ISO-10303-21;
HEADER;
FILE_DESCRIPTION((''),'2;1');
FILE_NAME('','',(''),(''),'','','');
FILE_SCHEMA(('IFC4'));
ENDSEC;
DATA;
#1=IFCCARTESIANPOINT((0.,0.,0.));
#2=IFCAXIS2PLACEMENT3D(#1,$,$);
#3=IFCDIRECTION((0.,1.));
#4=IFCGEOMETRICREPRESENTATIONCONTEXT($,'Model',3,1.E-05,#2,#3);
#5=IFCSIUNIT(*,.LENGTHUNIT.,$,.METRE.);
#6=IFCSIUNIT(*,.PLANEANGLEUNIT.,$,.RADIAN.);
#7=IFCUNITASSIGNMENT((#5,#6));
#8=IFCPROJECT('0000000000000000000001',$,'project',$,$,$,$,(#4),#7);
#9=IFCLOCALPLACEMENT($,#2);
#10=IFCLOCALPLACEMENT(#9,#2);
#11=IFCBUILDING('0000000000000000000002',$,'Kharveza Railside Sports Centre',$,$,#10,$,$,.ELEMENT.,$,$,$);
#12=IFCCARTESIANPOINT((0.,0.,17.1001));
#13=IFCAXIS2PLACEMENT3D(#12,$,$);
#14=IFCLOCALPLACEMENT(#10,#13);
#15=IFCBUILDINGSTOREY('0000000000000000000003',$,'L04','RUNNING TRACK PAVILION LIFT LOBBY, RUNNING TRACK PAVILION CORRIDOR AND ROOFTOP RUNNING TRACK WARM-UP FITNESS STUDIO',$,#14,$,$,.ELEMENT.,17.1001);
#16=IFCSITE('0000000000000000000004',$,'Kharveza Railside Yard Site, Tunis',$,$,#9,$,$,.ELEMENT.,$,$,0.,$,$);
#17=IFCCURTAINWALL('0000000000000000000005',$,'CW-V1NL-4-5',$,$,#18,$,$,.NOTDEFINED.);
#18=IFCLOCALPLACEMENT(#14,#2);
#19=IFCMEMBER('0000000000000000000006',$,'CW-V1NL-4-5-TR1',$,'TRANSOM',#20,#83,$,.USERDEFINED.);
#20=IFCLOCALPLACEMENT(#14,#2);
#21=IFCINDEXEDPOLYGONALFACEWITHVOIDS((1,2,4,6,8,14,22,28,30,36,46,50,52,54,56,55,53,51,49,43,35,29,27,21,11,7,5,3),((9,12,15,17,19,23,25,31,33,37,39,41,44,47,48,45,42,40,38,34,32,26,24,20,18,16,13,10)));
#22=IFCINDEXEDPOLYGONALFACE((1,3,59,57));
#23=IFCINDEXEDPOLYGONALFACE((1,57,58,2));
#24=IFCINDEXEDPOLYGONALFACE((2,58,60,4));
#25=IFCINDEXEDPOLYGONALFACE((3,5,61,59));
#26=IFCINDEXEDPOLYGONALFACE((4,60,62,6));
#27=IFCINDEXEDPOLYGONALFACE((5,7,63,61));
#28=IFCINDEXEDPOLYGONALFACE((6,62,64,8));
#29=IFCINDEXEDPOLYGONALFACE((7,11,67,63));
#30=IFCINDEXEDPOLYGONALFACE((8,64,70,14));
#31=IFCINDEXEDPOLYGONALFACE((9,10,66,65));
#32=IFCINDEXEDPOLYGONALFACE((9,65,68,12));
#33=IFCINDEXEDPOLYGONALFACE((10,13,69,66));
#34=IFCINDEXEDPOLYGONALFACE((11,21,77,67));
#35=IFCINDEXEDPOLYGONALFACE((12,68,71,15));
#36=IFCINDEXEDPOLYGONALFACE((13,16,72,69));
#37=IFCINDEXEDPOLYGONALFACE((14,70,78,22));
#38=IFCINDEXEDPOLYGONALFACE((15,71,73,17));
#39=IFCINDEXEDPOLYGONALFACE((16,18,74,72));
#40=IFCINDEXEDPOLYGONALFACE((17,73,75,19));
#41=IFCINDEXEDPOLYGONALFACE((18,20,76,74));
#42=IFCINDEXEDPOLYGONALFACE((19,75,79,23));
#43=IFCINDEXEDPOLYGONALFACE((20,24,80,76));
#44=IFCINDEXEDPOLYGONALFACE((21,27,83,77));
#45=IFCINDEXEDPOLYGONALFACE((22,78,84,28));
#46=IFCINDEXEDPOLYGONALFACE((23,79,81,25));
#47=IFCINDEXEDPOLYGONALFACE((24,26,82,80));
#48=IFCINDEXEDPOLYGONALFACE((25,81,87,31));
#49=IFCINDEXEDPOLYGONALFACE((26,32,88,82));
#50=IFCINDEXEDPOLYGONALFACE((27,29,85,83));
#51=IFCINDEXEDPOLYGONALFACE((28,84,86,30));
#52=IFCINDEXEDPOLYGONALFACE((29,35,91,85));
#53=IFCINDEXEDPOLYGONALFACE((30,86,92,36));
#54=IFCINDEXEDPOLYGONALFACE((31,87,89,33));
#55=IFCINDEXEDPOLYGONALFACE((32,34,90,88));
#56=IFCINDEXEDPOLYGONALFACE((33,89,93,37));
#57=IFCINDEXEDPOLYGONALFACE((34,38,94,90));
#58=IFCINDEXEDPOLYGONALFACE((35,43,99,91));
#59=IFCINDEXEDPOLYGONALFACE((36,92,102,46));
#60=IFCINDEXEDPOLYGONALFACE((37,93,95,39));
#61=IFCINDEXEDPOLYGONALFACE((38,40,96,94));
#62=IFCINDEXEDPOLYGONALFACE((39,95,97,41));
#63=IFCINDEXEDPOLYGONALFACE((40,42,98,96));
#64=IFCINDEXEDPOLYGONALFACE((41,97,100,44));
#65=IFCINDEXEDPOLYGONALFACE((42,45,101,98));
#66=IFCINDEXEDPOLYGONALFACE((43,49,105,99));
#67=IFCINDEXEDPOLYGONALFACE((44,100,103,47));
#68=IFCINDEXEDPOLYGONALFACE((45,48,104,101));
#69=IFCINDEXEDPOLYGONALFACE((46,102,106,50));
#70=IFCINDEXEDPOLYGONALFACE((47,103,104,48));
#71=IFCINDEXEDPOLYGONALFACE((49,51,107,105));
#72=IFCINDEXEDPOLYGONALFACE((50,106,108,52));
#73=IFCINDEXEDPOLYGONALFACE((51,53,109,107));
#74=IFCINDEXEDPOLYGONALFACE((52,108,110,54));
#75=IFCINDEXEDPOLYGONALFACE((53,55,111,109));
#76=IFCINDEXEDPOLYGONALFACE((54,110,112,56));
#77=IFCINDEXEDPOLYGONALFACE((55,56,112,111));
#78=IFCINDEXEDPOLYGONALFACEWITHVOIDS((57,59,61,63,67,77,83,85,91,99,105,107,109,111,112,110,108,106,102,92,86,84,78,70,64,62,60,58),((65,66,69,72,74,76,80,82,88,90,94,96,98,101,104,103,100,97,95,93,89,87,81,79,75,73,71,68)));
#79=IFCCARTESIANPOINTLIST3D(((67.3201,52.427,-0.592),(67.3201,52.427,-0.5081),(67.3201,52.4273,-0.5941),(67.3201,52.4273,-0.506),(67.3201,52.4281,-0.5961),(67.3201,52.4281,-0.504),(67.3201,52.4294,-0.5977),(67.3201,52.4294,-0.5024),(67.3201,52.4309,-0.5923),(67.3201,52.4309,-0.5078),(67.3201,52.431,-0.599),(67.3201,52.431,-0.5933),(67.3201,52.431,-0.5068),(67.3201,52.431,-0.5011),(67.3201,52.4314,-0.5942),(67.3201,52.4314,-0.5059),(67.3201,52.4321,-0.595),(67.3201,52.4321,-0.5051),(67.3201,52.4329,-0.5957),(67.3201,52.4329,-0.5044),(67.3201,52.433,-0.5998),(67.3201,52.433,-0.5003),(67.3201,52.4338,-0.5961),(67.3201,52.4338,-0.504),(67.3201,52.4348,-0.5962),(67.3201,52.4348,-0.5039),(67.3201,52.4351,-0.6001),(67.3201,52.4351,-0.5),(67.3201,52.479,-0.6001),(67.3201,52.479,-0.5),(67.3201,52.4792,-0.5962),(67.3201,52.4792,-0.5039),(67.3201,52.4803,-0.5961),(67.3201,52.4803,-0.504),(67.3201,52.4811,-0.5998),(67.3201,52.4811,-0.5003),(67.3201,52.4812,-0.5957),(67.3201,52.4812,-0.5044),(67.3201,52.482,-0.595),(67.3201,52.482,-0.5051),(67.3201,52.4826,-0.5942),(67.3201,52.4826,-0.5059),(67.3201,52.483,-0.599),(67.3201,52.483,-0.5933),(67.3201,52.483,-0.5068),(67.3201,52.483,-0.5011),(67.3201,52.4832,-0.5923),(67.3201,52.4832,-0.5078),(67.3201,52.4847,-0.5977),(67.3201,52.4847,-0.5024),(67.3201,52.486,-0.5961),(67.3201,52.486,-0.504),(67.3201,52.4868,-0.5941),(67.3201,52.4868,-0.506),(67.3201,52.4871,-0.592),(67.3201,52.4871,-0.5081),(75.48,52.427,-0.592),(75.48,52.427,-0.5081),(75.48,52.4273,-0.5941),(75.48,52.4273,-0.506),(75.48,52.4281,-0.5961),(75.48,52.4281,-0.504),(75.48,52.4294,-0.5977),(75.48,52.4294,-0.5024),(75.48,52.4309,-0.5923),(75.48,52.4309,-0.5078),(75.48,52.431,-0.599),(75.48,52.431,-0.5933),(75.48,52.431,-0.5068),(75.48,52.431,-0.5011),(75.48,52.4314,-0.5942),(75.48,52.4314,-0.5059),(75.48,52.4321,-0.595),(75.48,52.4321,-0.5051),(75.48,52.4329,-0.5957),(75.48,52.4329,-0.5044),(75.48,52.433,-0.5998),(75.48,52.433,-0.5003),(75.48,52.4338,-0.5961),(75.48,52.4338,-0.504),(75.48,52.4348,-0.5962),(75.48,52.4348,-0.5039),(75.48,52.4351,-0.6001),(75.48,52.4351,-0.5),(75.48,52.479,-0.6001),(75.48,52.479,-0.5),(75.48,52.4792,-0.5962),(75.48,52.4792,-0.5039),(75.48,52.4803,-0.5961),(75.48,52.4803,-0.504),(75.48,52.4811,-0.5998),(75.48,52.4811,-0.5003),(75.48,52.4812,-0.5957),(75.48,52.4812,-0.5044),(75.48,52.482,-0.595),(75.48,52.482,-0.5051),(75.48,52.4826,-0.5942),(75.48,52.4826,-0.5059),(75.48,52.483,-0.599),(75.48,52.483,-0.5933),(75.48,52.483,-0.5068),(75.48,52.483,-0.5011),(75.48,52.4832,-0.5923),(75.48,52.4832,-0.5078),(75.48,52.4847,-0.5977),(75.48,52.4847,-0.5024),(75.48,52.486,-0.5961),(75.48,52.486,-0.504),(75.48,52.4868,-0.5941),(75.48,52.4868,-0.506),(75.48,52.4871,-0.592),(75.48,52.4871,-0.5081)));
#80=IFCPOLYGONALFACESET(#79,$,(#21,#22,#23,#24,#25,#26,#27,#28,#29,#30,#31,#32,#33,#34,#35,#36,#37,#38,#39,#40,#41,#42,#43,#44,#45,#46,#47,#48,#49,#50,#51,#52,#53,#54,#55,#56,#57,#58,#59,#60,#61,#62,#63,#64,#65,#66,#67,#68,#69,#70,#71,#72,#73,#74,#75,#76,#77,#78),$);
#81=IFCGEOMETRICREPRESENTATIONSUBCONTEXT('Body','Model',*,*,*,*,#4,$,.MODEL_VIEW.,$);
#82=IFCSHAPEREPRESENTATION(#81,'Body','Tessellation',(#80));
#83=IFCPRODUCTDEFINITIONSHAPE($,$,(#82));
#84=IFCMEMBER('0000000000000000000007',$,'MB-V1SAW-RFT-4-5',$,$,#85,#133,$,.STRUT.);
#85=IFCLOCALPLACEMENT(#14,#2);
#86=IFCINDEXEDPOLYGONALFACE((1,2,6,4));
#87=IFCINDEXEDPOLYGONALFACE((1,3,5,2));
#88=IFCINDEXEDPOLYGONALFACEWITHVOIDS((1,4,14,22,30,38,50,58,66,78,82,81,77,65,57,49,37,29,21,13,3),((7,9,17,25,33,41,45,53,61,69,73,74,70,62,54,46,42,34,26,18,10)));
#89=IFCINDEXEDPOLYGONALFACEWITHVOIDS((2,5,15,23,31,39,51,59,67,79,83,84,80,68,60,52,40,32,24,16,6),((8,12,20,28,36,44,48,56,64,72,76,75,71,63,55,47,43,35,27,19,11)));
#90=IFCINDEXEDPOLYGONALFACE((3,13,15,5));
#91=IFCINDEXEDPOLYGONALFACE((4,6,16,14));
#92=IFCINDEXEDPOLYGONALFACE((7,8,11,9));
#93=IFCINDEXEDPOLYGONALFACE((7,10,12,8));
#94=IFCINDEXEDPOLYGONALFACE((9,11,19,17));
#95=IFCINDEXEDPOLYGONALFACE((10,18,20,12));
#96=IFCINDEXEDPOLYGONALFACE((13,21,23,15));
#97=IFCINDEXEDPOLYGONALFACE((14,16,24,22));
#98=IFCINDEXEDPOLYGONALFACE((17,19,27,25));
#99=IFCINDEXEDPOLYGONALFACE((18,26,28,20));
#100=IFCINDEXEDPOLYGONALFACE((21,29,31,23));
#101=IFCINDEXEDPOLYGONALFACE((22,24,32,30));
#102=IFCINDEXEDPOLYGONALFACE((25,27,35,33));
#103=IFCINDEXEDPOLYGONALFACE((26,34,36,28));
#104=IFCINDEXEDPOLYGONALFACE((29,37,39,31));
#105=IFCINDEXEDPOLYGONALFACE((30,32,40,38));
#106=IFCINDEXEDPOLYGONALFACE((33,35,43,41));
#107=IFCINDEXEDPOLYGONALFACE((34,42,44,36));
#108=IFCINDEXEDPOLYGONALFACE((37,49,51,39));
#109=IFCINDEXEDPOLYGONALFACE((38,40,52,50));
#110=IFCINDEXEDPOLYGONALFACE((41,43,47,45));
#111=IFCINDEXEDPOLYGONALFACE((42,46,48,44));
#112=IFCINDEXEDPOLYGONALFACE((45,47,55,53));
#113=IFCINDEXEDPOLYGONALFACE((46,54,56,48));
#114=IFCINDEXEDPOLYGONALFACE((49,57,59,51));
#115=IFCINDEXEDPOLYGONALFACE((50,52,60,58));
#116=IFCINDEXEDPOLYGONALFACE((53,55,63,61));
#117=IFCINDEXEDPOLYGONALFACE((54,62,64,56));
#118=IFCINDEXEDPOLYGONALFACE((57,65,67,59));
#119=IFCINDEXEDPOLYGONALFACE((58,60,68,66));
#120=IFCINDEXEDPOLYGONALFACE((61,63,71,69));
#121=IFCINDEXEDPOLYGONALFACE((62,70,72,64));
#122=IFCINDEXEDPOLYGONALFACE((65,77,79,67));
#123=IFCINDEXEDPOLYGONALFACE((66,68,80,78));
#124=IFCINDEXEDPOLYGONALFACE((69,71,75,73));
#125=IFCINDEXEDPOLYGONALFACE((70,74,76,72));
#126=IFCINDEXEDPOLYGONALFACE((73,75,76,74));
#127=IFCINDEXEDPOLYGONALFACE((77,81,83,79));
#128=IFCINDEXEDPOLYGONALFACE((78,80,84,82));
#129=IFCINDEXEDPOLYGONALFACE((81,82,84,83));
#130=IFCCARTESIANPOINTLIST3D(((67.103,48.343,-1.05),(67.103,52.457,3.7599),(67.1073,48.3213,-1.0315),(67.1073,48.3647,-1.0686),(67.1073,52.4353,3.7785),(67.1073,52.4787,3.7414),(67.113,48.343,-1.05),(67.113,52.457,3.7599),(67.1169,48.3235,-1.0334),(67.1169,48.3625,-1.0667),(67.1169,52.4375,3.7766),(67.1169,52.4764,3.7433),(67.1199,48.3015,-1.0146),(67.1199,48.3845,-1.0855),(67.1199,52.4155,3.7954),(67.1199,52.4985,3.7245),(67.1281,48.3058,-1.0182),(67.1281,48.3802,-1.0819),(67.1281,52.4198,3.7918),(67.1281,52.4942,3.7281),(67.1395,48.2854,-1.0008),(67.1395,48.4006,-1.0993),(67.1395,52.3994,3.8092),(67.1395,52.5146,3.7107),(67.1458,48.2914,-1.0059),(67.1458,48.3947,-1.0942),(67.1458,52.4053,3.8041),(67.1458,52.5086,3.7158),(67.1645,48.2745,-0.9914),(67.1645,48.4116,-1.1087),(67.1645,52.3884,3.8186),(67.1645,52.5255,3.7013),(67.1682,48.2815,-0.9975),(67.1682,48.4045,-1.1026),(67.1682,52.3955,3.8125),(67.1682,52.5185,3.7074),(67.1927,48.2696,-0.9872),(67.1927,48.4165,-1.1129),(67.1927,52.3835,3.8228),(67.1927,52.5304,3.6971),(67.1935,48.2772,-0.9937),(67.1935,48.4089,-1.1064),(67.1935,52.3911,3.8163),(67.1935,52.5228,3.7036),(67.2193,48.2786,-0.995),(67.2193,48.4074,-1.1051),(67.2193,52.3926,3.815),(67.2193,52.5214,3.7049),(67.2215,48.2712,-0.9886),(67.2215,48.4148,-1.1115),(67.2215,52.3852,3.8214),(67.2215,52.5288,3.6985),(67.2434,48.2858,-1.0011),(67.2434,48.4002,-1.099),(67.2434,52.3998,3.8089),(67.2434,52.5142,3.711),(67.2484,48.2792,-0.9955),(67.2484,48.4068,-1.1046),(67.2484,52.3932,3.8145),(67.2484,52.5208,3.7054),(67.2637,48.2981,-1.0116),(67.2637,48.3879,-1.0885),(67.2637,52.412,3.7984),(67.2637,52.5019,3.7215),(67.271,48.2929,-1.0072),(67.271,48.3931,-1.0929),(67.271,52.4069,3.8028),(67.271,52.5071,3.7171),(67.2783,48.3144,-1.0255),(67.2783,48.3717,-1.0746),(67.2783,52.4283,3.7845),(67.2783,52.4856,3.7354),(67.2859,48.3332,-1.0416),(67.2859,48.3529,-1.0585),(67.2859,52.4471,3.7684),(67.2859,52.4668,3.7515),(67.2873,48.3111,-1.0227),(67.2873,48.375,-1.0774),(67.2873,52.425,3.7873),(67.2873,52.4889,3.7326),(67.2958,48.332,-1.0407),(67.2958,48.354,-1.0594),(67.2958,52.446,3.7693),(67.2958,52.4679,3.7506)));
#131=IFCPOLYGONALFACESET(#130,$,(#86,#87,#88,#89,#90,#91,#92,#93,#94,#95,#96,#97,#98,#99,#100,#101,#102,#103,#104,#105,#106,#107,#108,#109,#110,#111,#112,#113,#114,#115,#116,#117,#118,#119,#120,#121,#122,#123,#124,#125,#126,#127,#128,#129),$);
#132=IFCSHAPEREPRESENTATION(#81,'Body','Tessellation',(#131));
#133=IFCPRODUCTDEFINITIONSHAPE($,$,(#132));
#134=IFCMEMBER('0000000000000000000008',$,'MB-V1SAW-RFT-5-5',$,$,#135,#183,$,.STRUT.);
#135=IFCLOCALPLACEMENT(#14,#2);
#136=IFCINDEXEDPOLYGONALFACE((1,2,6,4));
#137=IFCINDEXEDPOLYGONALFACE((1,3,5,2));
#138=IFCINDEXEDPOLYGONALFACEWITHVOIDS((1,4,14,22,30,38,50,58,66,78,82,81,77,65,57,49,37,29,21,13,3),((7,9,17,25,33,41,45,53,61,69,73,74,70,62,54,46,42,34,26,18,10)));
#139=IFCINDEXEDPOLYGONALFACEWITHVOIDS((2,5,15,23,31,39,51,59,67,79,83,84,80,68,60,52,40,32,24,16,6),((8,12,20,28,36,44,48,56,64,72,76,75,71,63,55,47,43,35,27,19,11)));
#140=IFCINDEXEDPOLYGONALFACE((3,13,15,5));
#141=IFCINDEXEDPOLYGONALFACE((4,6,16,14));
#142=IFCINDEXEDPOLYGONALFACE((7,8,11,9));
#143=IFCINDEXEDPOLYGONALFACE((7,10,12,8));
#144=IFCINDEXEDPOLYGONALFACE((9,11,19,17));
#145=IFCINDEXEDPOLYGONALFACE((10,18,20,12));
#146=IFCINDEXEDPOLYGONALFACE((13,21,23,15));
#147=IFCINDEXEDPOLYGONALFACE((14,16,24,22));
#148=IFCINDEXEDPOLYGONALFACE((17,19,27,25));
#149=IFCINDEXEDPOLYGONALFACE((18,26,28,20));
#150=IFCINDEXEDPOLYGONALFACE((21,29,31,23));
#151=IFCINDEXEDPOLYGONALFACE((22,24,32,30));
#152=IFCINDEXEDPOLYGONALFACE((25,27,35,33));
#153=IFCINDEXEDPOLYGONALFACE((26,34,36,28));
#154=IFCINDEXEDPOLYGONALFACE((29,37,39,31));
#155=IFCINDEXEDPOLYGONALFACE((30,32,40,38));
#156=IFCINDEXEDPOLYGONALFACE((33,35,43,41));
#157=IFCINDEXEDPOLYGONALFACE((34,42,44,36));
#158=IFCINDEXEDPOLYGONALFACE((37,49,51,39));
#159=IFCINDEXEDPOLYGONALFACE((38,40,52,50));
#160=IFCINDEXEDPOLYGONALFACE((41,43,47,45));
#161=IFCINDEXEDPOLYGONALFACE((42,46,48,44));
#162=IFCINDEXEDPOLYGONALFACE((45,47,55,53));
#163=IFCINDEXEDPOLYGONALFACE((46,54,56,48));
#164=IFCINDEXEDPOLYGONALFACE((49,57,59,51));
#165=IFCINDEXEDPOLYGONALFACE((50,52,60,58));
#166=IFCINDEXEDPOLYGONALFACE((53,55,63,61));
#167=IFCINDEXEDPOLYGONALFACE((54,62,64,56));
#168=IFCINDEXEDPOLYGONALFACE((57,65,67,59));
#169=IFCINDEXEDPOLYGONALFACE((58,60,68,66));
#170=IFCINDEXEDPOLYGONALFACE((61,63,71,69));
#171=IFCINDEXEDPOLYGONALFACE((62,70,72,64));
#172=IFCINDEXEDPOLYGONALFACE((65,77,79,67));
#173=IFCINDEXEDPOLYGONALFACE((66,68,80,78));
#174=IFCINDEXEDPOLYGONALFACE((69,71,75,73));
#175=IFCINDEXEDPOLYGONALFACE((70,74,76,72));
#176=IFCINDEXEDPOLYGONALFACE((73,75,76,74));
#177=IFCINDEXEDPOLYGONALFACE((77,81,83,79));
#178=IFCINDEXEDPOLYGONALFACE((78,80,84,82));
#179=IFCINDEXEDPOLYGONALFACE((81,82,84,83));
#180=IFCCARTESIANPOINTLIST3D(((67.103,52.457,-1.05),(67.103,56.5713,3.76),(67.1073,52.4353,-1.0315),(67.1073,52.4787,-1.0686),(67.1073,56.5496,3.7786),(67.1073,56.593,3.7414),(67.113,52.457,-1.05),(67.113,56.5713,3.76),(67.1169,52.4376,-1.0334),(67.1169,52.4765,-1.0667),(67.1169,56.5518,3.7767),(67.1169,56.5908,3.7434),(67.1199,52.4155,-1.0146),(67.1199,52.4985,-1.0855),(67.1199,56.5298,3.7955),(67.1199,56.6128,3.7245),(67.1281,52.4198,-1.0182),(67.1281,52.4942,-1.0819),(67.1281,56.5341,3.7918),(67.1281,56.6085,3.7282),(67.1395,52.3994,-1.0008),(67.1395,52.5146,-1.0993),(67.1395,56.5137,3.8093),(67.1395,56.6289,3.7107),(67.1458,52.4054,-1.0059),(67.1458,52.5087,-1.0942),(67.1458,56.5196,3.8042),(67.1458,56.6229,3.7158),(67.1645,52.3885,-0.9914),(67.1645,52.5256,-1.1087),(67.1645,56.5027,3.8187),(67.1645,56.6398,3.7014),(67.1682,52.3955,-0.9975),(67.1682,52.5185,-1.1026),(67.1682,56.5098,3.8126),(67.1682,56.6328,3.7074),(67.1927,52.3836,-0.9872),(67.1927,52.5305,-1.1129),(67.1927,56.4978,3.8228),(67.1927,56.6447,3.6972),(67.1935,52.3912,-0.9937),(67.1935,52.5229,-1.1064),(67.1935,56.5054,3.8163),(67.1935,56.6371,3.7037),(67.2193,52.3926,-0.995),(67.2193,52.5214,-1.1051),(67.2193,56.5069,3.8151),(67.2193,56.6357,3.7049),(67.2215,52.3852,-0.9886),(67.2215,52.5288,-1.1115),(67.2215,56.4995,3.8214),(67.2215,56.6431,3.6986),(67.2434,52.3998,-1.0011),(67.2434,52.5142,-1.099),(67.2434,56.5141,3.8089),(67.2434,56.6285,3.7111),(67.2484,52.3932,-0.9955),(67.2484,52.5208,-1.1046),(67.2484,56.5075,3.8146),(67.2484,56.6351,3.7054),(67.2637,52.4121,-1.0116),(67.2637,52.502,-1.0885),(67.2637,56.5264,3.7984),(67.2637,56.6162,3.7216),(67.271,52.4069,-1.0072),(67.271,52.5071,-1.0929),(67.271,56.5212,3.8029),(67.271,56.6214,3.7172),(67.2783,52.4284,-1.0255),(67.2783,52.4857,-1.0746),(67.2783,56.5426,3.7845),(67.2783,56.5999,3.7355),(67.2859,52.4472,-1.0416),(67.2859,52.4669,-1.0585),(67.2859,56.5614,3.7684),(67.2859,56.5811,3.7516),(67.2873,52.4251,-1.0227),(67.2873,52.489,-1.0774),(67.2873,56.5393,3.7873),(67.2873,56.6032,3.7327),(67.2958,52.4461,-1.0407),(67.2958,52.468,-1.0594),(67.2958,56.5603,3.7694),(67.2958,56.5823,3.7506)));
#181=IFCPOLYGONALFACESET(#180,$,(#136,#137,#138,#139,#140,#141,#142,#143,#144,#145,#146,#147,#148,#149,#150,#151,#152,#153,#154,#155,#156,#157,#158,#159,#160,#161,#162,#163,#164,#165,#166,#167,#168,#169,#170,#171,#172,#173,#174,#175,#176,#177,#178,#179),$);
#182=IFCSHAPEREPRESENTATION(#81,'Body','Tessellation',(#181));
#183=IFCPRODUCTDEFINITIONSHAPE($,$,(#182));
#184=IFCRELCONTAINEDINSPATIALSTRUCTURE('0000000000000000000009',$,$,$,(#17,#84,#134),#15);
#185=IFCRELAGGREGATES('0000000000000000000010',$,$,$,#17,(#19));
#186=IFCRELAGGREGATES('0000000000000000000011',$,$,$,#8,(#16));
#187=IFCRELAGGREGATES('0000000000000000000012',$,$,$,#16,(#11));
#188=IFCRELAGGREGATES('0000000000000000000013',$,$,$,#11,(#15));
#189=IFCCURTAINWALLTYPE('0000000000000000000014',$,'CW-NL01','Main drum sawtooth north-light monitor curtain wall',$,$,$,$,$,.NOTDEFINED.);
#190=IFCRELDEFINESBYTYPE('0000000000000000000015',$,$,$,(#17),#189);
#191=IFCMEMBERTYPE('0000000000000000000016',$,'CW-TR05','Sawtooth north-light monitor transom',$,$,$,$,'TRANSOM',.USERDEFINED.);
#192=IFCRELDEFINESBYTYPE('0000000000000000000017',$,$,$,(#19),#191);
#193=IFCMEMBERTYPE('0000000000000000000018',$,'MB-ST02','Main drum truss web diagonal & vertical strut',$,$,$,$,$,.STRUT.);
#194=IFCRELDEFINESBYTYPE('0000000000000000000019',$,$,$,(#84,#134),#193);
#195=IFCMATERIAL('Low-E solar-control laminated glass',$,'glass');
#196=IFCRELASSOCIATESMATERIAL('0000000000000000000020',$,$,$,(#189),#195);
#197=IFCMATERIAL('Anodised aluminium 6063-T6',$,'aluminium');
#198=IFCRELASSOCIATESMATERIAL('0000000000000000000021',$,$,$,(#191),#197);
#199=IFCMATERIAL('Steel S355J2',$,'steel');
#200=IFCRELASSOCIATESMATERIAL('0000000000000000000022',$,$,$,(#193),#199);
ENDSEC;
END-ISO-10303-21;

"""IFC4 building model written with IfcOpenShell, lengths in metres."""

from ifc_helpers import new_model, si_unit, direction, frame, origin, origin_2d, place, context, subcontext, project, spatial, hollow_rectangle, hollow_circle, extrude, material, material_profile, profile_set, type_object, element, aggregate, save


model = new_model("IFC4")

# Units and contexts
model_context = context("Model", 3, precision=1e-05, world=origin(), true_north=direction((0.0, 1.0)))
body_context = subcontext(model_context, "Body", "Model", "MODEL_VIEW")
ifc_project = project(units=[si_unit("LENGTHUNIT", "METRE"), si_unit("PLANEANGLEUNIT", "RADIAN")], contexts=[model_context])

# Site, building, storey
site_placement = place(None, origin())
site = spatial("IfcSite", under=ifc_project, at=site_placement, Name="Kharveza Railside Yard Site, Tunis", CompositionType="ELEMENT", RefElevation=0.0)
building_placement = place(site_placement, origin())
building = spatial("IfcBuilding", under=site, at=building_placement, Name="Kharveza Railside Sports Centre", CompositionType="ELEMENT")
storey_placement = place(building_placement, frame((0.0, 0.0, 17.1001)))
storey = spatial("IfcBuildingStorey", under=building, at=storey_placement, Name="L04", Description="RUNNING TRACK PAVILION LIFT LOBBY, RUNNING TRACK PAVILION CORRIDOR AND ROOFTOP RUNNING TRACK WARM-UP FITNESS STUDIO", CompositionType="ELEMENT", Elevation=17.1001)

# Shared definitions
ifc_material_1 = material(Name="Low-E solar-control laminated glass", Category="glass")
curtain_wall_type = type_object("IfcCurtainWallType", Name="CW-NL01", Description="Main drum sawtooth north-light monitor curtain wall", PredefinedType="NOTDEFINED", material=ifc_material_1)
ifc_material_2 = material(Name="Anodised aluminium 6063-T6", Category="aluminium")

# Curtain wall
curtain_wall_1_placement = place(storey_placement, origin())
curtain_wall_1 = element("IfcCurtainWall", 1, at=curtain_wall_1_placement, inside=storey, type_object=curtain_wall_type, Name="CW-V1NL-4-5", PredefinedType="NOTDEFINED")

# Member
ifc_material_profile_1 = material_profile(ifc_material_2, hollow_rectangle(XDim=0.0601, YDim=0.1001, WallThickness=0.0039, InnerFilletRadius=0.0039, OuterFilletRadius=0.0081, at=origin_2d()), Name="RHS 60x100x4.0")
ifc_profile_set_1 = profile_set([ifc_material_profile_1], Name="Anodised aluminium 6063-T6")
member_type_1 = type_object("IfcMemberType", Name="CW-TR05", Description="Sawtooth north-light monitor transom", ElementType="TRANSOM", PredefinedType="USERDEFINED", material=ifc_profile_set_1)
member_1_placement = place(storey_placement, frame((67.3201, 52.457, -0.55), z_axis=(1.0, 0.0, 0.0), x_axis=(0.0, 1.0, 0.0)))
member_1 = element("IfcMember", 2, at=member_1_placement, type_object=member_type_1, Name="CW-V1NL-4-5-TR1", ObjectType="TRANSOM", PredefinedType="USERDEFINED", context=body_context, shape_type="SweptSolid", body=[
    extrude(hollow_rectangle(XDim=0.0601, YDim=0.1001, WallThickness=0.0039, InnerFilletRadius=0.0039, OuterFilletRadius=0.0081, at=origin_2d()), origin(), (0.0, 0.0, 1.0), 8.1599),
])
aggregate(curtain_wall_1, [member_1])

# Members
ifc_material_3 = material(Name="Steel S355J2", Category="steel")
ifc_material_profile_2 = material_profile(ifc_material_3, hollow_circle(Radius=0.0969, WallThickness=0.01, at=origin_2d()), Name="CHS 193.7x10.0")
ifc_profile_set_2 = profile_set([ifc_material_profile_2], Name="Steel S355J2")
member_type_2 = type_object("IfcMemberType", Name="MB-ST02", Description="Main drum truss web diagonal & vertical strut", PredefinedType="STRUT", material=ifc_profile_set_2)
member_2_placement = place(storey_placement, frame((67.2, 48.343, -1.05), z_axis=(0.0, 0.649981, 0.75995), x_axis=(-1.0, 0.0, 0.0)))
element("IfcMember", 3, at=member_2_placement, inside=storey, type_object=member_type_2, Name="MB-V1SAW-RFT-4-5", PredefinedType="STRUT", context=body_context, shape_type="SweptSolid", body=[
    extrude(hollow_circle(Radius=0.0969, WallThickness=0.01, at=origin_2d()), origin(), (0.0, 0.0, 1.0), 6.3293),
])
member_3_placement = place(storey_placement, frame((67.2, 52.457, -1.05), z_axis=(0.0, 0.650003, 0.759931), x_axis=(-1.0, 0.0, 0.0)))
element("IfcMember", 4, at=member_3_placement, inside=storey, type_object=member_type_2, Name="MB-V1SAW-RFT-5-5", PredefinedType="STRUT", context=body_context, shape_type="SweptSolid", body=[
    extrude(hollow_circle(Radius=0.0969, WallThickness=0.01, at=origin_2d()), origin(), (0.0, 0.0, 1.0), 6.3296),
])

save(model, "model.ifc")
